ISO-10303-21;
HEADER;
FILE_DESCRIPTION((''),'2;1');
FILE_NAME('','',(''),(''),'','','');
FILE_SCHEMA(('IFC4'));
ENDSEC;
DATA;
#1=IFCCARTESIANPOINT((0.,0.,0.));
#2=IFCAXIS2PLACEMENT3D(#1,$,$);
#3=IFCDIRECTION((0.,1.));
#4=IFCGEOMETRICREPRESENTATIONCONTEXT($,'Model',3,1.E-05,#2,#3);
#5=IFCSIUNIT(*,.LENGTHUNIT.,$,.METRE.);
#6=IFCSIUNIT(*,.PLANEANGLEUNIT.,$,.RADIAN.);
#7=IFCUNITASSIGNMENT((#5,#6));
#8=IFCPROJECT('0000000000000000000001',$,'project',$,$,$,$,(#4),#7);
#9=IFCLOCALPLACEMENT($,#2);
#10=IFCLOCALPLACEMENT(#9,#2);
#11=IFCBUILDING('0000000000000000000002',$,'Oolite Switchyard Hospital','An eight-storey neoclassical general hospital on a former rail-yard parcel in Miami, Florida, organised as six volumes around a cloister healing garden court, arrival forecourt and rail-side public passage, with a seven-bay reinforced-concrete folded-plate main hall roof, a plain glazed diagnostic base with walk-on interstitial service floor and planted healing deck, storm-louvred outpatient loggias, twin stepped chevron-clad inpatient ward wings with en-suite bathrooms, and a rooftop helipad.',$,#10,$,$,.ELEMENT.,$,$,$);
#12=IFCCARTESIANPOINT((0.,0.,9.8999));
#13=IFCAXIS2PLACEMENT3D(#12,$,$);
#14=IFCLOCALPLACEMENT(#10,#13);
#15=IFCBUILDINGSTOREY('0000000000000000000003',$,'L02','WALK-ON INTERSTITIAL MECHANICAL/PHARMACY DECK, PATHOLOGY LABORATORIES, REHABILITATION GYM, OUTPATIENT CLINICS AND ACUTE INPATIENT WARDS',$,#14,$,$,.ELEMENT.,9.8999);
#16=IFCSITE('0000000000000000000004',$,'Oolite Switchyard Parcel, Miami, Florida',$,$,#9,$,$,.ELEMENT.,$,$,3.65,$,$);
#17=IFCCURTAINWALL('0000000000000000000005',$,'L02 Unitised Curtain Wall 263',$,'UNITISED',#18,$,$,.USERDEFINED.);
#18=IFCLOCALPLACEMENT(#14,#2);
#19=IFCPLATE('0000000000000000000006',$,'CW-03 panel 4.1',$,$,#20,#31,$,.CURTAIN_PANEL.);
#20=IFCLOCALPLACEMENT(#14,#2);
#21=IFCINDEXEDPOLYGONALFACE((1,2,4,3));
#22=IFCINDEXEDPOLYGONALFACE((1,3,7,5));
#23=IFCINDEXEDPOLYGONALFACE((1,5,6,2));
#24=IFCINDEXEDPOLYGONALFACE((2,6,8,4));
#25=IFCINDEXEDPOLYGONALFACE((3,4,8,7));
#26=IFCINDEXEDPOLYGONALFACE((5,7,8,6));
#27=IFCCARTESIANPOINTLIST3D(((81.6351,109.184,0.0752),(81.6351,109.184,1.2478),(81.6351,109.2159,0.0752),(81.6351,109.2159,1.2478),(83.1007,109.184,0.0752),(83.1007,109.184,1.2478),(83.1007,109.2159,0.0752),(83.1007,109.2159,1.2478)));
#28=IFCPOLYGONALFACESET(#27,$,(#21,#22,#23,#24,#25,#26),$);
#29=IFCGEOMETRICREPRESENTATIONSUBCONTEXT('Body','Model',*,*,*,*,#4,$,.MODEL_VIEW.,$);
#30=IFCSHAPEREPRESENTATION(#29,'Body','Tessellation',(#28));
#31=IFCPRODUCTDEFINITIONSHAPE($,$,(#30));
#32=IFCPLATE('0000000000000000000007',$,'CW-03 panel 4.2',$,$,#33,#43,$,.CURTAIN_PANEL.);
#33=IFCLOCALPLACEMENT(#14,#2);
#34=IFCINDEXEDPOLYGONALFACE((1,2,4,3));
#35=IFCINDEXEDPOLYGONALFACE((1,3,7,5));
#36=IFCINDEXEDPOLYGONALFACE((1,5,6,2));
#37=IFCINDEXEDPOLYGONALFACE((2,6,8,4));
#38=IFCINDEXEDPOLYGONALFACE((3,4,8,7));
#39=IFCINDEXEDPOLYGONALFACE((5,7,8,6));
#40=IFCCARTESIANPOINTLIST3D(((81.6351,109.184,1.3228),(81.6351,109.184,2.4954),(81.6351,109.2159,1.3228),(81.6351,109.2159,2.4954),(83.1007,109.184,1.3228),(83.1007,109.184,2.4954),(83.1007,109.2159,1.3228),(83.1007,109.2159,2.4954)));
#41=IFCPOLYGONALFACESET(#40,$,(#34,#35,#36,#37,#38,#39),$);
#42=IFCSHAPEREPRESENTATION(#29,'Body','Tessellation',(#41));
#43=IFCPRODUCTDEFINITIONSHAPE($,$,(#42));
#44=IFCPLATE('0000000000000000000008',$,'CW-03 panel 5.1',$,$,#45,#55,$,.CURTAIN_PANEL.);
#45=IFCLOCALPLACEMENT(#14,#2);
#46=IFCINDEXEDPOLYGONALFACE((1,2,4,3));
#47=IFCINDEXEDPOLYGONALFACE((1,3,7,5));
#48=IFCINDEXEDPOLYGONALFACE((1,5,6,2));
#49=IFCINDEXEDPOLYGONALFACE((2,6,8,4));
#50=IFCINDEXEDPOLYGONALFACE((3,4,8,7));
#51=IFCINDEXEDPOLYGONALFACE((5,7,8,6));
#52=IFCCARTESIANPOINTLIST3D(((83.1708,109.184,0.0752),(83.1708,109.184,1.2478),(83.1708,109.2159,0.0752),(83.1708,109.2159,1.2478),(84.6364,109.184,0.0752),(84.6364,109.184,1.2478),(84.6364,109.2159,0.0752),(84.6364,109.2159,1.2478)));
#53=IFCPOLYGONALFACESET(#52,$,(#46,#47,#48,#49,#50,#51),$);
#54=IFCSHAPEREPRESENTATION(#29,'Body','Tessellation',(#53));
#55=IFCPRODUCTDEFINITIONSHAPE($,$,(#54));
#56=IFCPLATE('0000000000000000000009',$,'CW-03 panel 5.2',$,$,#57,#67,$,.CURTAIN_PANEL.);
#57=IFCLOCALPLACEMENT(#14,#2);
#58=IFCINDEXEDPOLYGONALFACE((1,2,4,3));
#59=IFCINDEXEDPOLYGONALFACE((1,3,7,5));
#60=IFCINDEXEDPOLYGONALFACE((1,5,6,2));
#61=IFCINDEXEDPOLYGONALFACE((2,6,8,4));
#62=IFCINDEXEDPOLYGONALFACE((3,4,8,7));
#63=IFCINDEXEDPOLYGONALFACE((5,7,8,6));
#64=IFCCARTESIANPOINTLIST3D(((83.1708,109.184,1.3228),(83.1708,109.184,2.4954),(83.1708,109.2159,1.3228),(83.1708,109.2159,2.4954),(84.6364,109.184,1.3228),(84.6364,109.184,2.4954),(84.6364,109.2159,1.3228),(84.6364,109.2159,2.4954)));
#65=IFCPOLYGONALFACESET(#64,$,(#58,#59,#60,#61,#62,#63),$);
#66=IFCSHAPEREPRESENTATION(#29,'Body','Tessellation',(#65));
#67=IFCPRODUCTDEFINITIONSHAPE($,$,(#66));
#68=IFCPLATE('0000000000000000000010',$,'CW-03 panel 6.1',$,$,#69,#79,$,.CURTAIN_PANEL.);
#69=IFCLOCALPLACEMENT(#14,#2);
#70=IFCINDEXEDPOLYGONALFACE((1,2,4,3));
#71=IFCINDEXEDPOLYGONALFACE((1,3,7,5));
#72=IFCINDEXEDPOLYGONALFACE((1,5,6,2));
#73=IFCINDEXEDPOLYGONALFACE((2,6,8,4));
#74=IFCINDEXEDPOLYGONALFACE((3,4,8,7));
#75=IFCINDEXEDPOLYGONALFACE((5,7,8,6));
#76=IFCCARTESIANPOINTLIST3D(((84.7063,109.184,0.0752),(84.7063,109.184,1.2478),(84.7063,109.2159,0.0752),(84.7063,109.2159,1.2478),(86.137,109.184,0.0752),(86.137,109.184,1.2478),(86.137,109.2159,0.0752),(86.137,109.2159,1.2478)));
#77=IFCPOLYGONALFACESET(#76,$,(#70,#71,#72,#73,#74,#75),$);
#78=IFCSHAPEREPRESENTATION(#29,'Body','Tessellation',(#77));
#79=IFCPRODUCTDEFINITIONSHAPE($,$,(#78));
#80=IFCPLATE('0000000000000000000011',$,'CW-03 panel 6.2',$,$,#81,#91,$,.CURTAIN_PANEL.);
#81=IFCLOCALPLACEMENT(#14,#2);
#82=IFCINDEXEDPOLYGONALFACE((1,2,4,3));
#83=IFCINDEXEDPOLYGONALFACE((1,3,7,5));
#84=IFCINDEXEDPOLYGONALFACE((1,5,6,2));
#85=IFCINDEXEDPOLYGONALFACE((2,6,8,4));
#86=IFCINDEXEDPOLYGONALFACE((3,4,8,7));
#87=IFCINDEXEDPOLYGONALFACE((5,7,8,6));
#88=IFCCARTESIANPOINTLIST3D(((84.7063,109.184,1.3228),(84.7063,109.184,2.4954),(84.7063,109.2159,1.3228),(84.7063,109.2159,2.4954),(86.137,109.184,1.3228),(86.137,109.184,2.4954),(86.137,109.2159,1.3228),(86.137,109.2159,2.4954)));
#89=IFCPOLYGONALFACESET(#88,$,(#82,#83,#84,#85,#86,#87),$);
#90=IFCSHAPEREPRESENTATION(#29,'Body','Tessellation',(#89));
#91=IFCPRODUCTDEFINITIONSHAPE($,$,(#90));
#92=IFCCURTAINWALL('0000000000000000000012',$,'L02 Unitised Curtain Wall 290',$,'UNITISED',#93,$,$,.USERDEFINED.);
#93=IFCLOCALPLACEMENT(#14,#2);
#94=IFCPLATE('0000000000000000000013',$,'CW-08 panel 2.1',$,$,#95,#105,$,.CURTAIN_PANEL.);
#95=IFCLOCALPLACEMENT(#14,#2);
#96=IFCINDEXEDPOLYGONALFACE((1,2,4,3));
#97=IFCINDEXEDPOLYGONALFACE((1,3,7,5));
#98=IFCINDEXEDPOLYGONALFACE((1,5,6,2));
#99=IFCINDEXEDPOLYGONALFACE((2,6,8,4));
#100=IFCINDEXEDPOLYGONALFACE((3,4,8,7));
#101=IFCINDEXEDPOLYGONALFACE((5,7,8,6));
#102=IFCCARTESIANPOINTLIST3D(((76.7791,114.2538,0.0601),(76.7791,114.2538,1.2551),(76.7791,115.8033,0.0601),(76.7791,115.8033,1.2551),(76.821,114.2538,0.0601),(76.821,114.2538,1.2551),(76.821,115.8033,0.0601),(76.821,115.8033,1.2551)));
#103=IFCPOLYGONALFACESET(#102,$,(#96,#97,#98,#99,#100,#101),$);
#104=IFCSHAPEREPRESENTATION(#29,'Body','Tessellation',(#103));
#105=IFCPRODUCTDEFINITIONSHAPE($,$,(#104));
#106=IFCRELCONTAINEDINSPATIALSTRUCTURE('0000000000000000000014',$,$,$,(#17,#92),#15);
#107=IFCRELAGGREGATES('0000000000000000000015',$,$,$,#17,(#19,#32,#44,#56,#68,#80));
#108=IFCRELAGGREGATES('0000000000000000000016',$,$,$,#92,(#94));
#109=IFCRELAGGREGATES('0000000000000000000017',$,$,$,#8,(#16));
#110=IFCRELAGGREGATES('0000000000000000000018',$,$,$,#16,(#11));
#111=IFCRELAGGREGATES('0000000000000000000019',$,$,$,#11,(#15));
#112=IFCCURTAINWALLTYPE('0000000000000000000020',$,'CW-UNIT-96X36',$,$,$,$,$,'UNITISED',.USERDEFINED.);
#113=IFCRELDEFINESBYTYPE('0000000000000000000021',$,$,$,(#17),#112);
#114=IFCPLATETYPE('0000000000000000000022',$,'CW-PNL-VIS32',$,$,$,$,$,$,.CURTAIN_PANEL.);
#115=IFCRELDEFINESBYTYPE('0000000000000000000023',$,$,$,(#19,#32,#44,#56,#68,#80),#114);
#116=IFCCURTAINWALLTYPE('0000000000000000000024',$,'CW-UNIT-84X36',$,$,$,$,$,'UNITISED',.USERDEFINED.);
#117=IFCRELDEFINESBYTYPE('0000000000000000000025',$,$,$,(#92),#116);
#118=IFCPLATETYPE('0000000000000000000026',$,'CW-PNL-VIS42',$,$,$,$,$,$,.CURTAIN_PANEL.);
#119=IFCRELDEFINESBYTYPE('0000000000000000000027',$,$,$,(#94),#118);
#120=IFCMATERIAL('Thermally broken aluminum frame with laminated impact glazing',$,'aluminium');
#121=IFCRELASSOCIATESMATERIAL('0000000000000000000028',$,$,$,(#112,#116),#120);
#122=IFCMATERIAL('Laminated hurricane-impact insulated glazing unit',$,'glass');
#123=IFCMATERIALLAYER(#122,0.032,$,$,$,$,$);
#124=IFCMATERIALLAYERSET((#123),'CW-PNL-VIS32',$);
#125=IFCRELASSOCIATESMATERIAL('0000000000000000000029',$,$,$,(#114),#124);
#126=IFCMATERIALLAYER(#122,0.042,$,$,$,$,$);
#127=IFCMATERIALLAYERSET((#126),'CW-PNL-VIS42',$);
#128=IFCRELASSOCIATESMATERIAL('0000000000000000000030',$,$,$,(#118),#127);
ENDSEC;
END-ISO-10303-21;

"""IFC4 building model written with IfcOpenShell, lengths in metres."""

from ifc_helpers import new_model, si_unit, direction, frame, origin, origin_2d, place, context, subcontext, project, spatial, rectangle, extrude, material, layer, layer_set, type_object, element, aggregate, save


model = new_model("IFC4")

# Units and contexts
model_context = context("Model", 3, precision=1e-05, world=origin(), true_north=direction((0.0, 1.0)))
body_context = subcontext(model_context, "Body", "Model", "MODEL_VIEW")
ifc_project = project(units=[si_unit("LENGTHUNIT", "METRE"), si_unit("PLANEANGLEUNIT", "RADIAN")], contexts=[model_context])

# Site, building, storey
site_placement = place(None, origin())
site = spatial("IfcSite", under=ifc_project, at=site_placement, Name="Oolite Switchyard Parcel, Miami, Florida", CompositionType="ELEMENT", RefElevation=3.65)
building_placement = place(site_placement, origin())
building = spatial("IfcBuilding", under=site, at=building_placement, Name="Oolite Switchyard Hospital", Description="An eight-storey neoclassical general hospital on a former rail-yard parcel in Miami, Florida, organised as six volumes around a cloister healing garden court, arrival forecourt and rail-side public passage, with a seven-bay reinforced-concrete folded-plate main hall roof, a plain glazed diagnostic base with walk-on interstitial service floor and planted healing deck, storm-louvred outpatient loggias, twin stepped chevron-clad inpatient ward wings with en-suite bathrooms, and a rooftop helipad.", CompositionType="ELEMENT")
storey_placement = place(building_placement, frame((0.0, 0.0, 9.8999)))
storey = spatial("IfcBuildingStorey", under=building, at=storey_placement, Name="L02", Description="WALK-ON INTERSTITIAL MECHANICAL/PHARMACY DECK, PATHOLOGY LABORATORIES, REHABILITATION GYM, OUTPATIENT CLINICS AND ACUTE INPATIENT WARDS", CompositionType="ELEMENT", Elevation=9.8999)

# Curtain wall, plates
ifc_material_1 = material(Name="Thermally broken aluminum frame with laminated impact glazing", Category="aluminium")
curtain_wall_type_1 = type_object("IfcCurtainWallType", Name="CW-UNIT-96X36", ElementType="UNITISED", PredefinedType="USERDEFINED", material=ifc_material_1)
curtain_wall_1_placement = place(storey_placement, origin())
curtain_wall_1 = element("IfcCurtainWall", 1, at=curtain_wall_1_placement, inside=storey, type_object=curtain_wall_type_1, Name="L02 Unitised Curtain Wall 263", ObjectType="UNITISED", PredefinedType="USERDEFINED")
ifc_material_2 = material(Name="Laminated hurricane-impact insulated glazing unit", Category="glass")
ifc_layer_1 = layer(ifc_material_2, 0.032)
ifc_layer_set_1 = layer_set([ifc_layer_1], Name="CW-PNL-VIS32")
plate_type_1 = type_object("IfcPlateType", Name="CW-PNL-VIS32", PredefinedType="CURTAIN_PANEL", material=ifc_layer_set_1)
plate_1_placement = place(storey_placement, frame((82.3679, 109.2, 0.0752), z_axis=(0.0, 0.0, 1.0), x_axis=(1.0, 0.0, 0.0)))
plate_1 = element("IfcPlate", 2, at=plate_1_placement, type_object=plate_type_1, Name="CW-03 panel 4.1", PredefinedType="CURTAIN_PANEL", context=body_context, shape_type="SweptSolid", body=[
    extrude(rectangle(XDim=1.4656, YDim=0.032, at=origin_2d()), origin(), (0.0, 0.0, 1.0), 1.1726),
])
plate_2_placement = place(storey_placement, frame((82.3679, 109.2, 1.3228), z_axis=(0.0, 0.0, 1.0), x_axis=(1.0, 0.0, 0.0)))
plate_2 = element("IfcPlate", 3, at=plate_2_placement, type_object=plate_type_1, Name="CW-03 panel 4.2", PredefinedType="CURTAIN_PANEL", context=body_context, shape_type="SweptSolid", body=[
    extrude(rectangle(XDim=1.4656, YDim=0.032, at=origin_2d()), origin(), (0.0, 0.0, 1.0), 1.1726),
])
plate_3_placement = place(storey_placement, frame((83.9036, 109.2, 0.0752), z_axis=(0.0, 0.0, 1.0), x_axis=(1.0, 0.0, 0.0)))
plate_3 = element("IfcPlate", 4, at=plate_3_placement, type_object=plate_type_1, Name="CW-03 panel 5.1", PredefinedType="CURTAIN_PANEL", context=body_context, shape_type="SweptSolid", body=[
    extrude(rectangle(XDim=1.4656, YDim=0.032, at=origin_2d()), origin(), (0.0, 0.0, 1.0), 1.1726),
])
plate_4_placement = place(storey_placement, frame((83.9036, 109.2, 1.3228), z_axis=(0.0, 0.0, 1.0), x_axis=(1.0, 0.0, 0.0)))
plate_4 = element("IfcPlate", 5, at=plate_4_placement, type_object=plate_type_1, Name="CW-03 panel 5.2", PredefinedType="CURTAIN_PANEL", context=body_context, shape_type="SweptSolid", body=[
    extrude(rectangle(XDim=1.4656, YDim=0.032, at=origin_2d()), origin(), (0.0, 0.0, 1.0), 1.1726),
])
plate_5_placement = place(storey_placement, frame((85.4216, 109.2, 0.0752), z_axis=(0.0, 0.0, 1.0), x_axis=(1.0, 0.0, 0.0)))
plate_5 = element("IfcPlate", 6, at=plate_5_placement, type_object=plate_type_1, Name="CW-03 panel 6.1", PredefinedType="CURTAIN_PANEL", context=body_context, shape_type="SweptSolid", body=[
    extrude(rectangle(XDim=1.4307, YDim=0.032, at=origin_2d()), origin(), (0.0, 0.0, 1.0), 1.1726),
])
plate_6_placement = place(storey_placement, frame((85.4216, 109.2, 1.3228), z_axis=(0.0, 0.0, 1.0), x_axis=(1.0, 0.0, 0.0)))
plate_6 = element("IfcPlate", 7, at=plate_6_placement, type_object=plate_type_1, Name="CW-03 panel 6.2", PredefinedType="CURTAIN_PANEL", context=body_context, shape_type="SweptSolid", body=[
    extrude(rectangle(XDim=1.4307, YDim=0.032, at=origin_2d()), origin(), (0.0, 0.0, 1.0), 1.1726),
])
aggregate(curtain_wall_1, [plate_1, plate_2, plate_3, plate_4, plate_5, plate_6])

# Curtain wall, plate
curtain_wall_type_2 = type_object("IfcCurtainWallType", Name="CW-UNIT-84X36", ElementType="UNITISED", PredefinedType="USERDEFINED", material=ifc_material_1)
curtain_wall_2_placement = place(storey_placement, origin())
curtain_wall_2 = element("IfcCurtainWall", 8, at=curtain_wall_2_placement, inside=storey, type_object=curtain_wall_type_2, Name="L02 Unitised Curtain Wall 290", ObjectType="UNITISED", PredefinedType="USERDEFINED")
ifc_layer_2 = layer(ifc_material_2, 0.042)
ifc_layer_set_2 = layer_set([ifc_layer_2], Name="CW-PNL-VIS42")
plate_type_2 = type_object("IfcPlateType", Name="CW-PNL-VIS42", PredefinedType="CURTAIN_PANEL", material=ifc_layer_set_2)
plate_7_placement = place(storey_placement, frame((76.8, 115.0286, 0.0601), z_axis=(0.0, 0.0, 1.0), x_axis=(0.0, -1.0, 0.0)))
plate_7 = element("IfcPlate", 9, at=plate_7_placement, type_object=plate_type_2, Name="CW-08 panel 2.1", PredefinedType="CURTAIN_PANEL", context=body_context, shape_type="SweptSolid", body=[
    extrude(rectangle(XDim=1.5496, YDim=0.042, at=origin_2d()), origin(), (0.0, 0.0, 1.0), 1.1951),
])
aggregate(curtain_wall_2, [plate_7])

save(model, "model.ifc")
